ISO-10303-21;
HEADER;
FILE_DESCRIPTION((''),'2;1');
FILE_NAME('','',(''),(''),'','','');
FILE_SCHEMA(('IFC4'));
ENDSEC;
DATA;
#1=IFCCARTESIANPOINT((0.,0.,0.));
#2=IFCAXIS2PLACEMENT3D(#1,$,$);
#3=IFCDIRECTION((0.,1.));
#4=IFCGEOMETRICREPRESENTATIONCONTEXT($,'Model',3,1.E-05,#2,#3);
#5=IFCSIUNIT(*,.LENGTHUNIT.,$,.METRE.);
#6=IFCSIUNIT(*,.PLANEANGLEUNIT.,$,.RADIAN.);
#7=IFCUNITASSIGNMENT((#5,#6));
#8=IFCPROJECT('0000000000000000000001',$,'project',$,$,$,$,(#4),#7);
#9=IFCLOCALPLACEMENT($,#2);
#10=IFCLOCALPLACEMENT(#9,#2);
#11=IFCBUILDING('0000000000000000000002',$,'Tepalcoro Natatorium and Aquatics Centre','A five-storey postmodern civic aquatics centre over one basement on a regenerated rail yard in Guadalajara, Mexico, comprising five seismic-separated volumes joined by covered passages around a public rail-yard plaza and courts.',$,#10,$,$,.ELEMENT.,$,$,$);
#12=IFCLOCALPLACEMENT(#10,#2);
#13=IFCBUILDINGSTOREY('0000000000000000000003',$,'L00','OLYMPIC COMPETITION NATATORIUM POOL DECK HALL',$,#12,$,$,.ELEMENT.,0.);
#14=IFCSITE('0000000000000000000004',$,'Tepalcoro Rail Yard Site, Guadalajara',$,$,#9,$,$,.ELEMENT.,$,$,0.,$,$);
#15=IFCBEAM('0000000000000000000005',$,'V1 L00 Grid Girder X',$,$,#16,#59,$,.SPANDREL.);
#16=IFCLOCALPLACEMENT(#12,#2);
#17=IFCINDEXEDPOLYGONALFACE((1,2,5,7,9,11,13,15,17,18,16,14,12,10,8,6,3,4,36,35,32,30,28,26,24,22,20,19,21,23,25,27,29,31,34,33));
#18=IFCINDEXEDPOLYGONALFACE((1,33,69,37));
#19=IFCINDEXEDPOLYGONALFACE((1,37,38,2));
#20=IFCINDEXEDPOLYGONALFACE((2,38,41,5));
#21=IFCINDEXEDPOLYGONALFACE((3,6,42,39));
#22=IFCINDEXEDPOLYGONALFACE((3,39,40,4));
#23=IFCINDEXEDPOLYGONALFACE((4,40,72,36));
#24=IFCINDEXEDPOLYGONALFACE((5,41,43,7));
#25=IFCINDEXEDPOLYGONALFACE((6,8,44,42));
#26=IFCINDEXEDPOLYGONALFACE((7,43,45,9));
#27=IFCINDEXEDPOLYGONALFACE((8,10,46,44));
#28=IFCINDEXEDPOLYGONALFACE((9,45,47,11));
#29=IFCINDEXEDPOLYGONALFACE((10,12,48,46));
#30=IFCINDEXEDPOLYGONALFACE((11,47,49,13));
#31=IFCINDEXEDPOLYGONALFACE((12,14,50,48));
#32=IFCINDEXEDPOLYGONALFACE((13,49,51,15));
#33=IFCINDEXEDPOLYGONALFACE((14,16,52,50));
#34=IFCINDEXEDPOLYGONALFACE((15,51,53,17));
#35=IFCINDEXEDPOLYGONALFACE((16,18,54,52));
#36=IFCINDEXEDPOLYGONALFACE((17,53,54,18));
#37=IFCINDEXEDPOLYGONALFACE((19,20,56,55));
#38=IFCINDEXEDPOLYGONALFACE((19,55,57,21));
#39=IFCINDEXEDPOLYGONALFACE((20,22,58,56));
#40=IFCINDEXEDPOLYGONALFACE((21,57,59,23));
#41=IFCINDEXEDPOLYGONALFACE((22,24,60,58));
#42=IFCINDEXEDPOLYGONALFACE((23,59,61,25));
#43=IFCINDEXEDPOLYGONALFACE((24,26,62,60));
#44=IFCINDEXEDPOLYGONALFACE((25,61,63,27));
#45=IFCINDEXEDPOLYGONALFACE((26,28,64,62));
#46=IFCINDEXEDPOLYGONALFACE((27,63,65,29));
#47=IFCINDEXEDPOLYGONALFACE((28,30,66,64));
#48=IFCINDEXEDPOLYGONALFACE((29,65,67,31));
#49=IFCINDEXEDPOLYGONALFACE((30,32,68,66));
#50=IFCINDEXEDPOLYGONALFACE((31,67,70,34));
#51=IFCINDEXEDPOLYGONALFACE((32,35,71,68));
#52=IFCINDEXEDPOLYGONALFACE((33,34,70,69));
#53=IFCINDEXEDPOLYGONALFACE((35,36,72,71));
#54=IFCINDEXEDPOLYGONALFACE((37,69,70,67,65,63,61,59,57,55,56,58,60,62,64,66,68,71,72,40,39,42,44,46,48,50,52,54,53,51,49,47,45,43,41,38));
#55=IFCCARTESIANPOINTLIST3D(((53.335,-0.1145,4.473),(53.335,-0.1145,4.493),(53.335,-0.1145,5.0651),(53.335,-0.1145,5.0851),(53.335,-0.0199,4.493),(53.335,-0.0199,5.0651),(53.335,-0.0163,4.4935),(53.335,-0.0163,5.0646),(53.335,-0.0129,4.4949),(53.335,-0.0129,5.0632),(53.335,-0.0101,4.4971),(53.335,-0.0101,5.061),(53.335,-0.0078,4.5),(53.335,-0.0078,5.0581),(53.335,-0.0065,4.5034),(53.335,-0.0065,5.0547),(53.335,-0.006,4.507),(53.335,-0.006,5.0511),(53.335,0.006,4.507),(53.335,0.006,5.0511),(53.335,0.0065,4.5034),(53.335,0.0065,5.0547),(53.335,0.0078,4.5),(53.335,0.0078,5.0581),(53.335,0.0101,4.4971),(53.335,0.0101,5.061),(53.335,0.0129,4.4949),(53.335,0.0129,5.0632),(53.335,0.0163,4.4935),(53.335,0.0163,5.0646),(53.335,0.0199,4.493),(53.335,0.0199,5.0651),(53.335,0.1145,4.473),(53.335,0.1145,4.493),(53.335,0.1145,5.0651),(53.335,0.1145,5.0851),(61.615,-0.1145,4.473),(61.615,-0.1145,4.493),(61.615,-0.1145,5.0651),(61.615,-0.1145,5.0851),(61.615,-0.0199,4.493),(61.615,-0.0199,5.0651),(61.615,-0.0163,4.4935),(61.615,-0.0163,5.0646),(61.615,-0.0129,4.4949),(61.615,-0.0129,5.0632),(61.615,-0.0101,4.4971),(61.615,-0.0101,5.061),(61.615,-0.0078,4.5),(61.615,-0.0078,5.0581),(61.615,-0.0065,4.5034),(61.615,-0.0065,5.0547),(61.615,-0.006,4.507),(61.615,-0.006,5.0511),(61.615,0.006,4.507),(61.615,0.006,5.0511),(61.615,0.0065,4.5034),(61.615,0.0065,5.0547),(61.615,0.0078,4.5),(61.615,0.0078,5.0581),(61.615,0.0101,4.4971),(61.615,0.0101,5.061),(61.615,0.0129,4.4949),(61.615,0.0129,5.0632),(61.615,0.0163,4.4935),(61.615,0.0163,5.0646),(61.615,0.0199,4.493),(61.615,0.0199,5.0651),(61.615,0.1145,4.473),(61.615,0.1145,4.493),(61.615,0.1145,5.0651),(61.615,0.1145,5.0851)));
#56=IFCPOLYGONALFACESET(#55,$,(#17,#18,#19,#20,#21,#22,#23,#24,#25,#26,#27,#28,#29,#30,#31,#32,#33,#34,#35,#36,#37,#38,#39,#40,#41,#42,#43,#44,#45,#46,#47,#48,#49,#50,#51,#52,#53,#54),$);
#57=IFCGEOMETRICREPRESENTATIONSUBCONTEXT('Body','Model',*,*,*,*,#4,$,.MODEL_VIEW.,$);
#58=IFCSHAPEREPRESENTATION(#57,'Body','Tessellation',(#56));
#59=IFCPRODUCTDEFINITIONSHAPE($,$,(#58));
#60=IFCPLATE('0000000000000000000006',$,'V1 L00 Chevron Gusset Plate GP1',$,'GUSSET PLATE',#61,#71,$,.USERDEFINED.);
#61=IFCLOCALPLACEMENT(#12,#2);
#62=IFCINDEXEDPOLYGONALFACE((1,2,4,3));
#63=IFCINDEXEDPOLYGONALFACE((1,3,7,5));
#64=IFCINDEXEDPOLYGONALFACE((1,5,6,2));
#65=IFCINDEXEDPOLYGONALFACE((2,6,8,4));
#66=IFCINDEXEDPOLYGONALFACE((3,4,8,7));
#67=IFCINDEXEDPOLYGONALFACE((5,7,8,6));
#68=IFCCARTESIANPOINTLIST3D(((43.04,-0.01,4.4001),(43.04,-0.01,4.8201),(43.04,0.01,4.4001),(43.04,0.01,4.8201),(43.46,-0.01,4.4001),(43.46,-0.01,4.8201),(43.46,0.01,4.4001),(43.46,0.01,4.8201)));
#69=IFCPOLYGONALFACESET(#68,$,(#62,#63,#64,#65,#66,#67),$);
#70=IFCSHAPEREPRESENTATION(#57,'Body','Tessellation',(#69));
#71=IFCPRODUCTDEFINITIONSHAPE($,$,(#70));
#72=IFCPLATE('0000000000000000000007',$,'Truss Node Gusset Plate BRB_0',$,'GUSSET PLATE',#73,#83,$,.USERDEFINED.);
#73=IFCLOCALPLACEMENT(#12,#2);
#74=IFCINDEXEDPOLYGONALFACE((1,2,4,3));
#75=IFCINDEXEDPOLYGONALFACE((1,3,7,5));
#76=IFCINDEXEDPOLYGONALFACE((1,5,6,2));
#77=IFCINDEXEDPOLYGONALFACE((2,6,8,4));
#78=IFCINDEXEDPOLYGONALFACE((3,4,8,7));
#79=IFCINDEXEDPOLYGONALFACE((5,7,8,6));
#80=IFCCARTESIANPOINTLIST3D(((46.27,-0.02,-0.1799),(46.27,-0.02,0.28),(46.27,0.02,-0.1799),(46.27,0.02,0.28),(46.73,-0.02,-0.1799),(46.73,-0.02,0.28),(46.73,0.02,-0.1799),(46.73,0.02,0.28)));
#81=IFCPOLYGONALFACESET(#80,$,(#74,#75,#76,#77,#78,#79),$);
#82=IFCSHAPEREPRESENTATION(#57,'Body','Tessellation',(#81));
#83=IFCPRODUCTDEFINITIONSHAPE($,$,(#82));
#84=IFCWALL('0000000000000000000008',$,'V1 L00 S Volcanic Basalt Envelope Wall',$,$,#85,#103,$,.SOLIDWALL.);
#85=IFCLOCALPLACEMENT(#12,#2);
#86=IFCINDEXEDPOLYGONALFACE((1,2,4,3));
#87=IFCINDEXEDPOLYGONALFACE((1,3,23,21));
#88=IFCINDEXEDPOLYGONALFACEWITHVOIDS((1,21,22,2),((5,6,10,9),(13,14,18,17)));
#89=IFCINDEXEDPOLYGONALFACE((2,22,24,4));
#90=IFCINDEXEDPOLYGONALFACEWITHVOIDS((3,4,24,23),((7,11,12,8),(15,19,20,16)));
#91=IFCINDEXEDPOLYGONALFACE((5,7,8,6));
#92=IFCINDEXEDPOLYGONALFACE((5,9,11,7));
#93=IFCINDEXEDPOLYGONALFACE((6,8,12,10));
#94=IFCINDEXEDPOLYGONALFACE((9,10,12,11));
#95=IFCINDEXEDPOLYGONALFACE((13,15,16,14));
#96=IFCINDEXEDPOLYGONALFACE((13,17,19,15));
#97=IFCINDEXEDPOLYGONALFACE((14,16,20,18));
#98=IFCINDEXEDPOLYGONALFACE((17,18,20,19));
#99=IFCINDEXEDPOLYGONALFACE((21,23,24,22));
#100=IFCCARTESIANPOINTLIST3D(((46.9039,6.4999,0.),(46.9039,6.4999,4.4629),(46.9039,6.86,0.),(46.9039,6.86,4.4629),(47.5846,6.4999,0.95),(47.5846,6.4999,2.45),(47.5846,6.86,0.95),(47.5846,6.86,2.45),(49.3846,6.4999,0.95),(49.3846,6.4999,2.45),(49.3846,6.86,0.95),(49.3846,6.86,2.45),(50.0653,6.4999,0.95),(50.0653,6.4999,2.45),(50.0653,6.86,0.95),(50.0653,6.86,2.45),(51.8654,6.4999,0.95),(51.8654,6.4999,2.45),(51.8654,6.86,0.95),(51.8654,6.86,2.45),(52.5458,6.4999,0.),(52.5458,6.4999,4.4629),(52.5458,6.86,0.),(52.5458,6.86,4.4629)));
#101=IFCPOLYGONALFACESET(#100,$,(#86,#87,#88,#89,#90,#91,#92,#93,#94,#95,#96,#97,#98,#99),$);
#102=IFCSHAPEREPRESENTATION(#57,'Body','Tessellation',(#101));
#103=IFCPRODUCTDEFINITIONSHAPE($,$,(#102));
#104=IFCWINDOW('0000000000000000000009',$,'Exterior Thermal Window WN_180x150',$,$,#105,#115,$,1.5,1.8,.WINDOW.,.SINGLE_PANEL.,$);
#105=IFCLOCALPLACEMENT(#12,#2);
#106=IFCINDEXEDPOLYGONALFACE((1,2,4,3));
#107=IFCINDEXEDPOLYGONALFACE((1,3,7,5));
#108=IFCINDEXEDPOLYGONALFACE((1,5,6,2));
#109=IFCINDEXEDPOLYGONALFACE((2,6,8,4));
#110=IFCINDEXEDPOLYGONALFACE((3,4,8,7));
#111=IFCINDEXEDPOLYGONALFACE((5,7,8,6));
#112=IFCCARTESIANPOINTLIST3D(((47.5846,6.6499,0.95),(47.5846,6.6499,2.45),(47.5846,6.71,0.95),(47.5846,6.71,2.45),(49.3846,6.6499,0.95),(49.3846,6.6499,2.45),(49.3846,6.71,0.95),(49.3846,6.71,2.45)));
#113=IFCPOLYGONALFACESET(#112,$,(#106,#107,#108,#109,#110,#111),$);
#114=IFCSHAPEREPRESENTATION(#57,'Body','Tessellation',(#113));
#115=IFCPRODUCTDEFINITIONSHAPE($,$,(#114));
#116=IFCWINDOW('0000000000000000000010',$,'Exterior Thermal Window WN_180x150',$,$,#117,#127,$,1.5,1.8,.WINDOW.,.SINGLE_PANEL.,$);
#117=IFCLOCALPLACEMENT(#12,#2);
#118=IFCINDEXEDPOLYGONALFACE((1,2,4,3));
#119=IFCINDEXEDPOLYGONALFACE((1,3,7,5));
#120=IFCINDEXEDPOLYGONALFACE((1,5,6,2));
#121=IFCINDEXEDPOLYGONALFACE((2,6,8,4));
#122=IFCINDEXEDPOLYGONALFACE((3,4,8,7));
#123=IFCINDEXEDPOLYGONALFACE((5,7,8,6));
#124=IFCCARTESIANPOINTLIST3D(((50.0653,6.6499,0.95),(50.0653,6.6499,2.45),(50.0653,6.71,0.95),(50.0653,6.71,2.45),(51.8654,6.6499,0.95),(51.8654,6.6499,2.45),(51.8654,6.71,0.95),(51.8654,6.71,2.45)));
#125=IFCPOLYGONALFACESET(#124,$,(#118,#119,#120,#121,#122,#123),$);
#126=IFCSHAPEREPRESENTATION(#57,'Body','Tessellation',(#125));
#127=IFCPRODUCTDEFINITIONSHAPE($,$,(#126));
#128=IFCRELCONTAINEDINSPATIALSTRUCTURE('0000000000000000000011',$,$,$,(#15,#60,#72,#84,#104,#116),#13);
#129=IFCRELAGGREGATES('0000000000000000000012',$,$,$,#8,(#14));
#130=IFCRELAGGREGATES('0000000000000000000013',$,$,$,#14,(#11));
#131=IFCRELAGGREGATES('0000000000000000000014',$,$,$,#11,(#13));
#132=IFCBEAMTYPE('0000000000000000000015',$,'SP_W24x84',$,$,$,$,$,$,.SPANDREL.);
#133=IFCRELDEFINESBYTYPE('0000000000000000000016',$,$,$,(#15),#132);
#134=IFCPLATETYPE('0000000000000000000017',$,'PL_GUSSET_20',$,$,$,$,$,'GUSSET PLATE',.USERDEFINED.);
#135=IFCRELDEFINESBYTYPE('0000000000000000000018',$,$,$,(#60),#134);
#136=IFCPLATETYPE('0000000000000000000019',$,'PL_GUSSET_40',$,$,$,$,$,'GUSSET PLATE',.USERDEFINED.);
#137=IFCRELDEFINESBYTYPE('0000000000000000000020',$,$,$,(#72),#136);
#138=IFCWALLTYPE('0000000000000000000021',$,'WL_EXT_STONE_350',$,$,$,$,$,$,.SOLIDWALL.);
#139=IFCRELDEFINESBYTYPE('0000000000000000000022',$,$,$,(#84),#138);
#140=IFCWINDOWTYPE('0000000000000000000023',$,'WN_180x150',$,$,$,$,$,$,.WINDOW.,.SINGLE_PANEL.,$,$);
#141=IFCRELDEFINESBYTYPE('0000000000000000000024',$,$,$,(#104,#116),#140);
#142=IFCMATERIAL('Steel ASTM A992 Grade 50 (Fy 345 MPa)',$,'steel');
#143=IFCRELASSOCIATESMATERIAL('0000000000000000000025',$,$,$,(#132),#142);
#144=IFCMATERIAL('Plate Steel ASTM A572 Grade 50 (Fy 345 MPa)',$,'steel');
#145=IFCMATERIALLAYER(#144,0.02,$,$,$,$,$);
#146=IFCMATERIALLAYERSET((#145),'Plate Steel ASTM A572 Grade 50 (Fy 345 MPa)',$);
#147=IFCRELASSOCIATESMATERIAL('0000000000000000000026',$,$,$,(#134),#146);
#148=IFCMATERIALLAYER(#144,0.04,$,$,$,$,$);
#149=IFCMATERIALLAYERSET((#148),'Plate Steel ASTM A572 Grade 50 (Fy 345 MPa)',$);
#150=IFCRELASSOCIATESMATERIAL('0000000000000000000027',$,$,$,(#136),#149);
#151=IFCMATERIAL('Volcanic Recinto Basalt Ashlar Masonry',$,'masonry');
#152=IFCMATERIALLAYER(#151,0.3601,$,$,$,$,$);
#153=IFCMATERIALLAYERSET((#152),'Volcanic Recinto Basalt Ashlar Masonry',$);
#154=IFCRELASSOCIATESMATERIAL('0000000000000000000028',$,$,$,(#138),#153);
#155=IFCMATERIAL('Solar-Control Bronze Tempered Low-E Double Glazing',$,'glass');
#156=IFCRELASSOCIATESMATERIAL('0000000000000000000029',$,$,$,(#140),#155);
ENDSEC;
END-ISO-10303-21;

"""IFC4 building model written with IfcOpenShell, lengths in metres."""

from ifc_helpers import new_model, si_unit, direction, frame, frame_2d, origin, origin_2d, place, context, subcontext, project, spatial, rectangle, i_section, extrude, material, layer, layer_set, material_profile, profile_set, type_object, element, fill, save


model = new_model("IFC4")

# Units and contexts
model_context = context("Model", 3, precision=1e-05, world=origin(), true_north=direction((0.0, 1.0)))
body_context = subcontext(model_context, "Body", "Model", "MODEL_VIEW")
ifc_project = project(units=[si_unit("LENGTHUNIT", "METRE"), si_unit("PLANEANGLEUNIT", "RADIAN")], contexts=[model_context])

# Site, building, storey
site_placement = place(None, origin())
site = spatial("IfcSite", under=ifc_project, at=site_placement, Name="Tepalcoro Rail Yard Site, Guadalajara", CompositionType="ELEMENT", RefElevation=0.0)
building_placement = place(site_placement, origin())
building = spatial("IfcBuilding", under=site, at=building_placement, Name="Tepalcoro Natatorium and Aquatics Centre", Description="A five-storey postmodern civic aquatics centre over one basement on a regenerated rail yard in Guadalajara, Mexico, comprising five seismic-separated volumes joined by covered passages around a public rail-yard plaza and courts.", CompositionType="ELEMENT")
storey_placement = place(building_placement, origin())
storey = spatial("IfcBuildingStorey", under=building, at=storey_placement, Name="L00", Description="OLYMPIC COMPETITION NATATORIUM POOL DECK HALL", CompositionType="ELEMENT", Elevation=0.0)

# Shared definitions
ifc_material_1 = material(Name="Steel ASTM A992 Grade 50 (Fy 345 MPa)", Category="steel")

# Beam
ifc_material_profile_1 = material_profile(ifc_material_1, i_section(OverallWidth=0.229, OverallDepth=0.6121, WebThickness=0.012, FlangeThickness=0.02, FilletRadius=0.0139, at=origin_2d()), Name="W24X84")
ifc_profile_set_1 = profile_set([ifc_material_profile_1], Name="Steel ASTM A992 Grade 50 (Fy 345 MPa)")
beam_type_1 = type_object("IfcBeamType", Name="SP_W24x84", PredefinedType="SPANDREL", material=ifc_profile_set_1)
beam_1_placement = place(storey_placement, frame((53.335, 0.0, 4.7791), z_axis=(1.0, 0.0, 0.0), x_axis=(0.0, 1.0, 0.0)))
element("IfcBeam", 1, at=beam_1_placement, inside=storey, type_object=beam_type_1, Name="V1 L00 Grid Girder X", PredefinedType="SPANDREL", context=body_context, shape_type="SweptSolid", body=[
    extrude(i_section(OverallWidth=0.229, OverallDepth=0.6121, WebThickness=0.012, FlangeThickness=0.02, FilletRadius=0.0139, at=origin_2d()), origin(), (0.0, 0.0, 1.0), 8.28),
])

# Plates
ifc_material_2 = material(Name="Plate Steel ASTM A572 Grade 50 (Fy 345 MPa)", Category="steel")
ifc_layer_1 = layer(ifc_material_2, 0.02)
ifc_layer_set_1 = layer_set([ifc_layer_1], Name="Plate Steel ASTM A572 Grade 50 (Fy 345 MPa)")
plate_type_1 = type_object("IfcPlateType", Name="PL_GUSSET_20", ElementType="GUSSET PLATE", PredefinedType="USERDEFINED", material=ifc_layer_set_1)
plate_1_placement = place(storey_placement, frame((43.25, 0.0, 4.4001), z_axis=(0.0, 0.0, 1.0), x_axis=(1.0, 0.0, 0.0)))
element("IfcPlate", 2, at=plate_1_placement, inside=storey, type_object=plate_type_1, Name="V1 L00 Chevron Gusset Plate GP1", ObjectType="GUSSET PLATE", PredefinedType="USERDEFINED", context=body_context, shape_type="SweptSolid", body=[
    extrude(rectangle(XDim=0.4199, YDim=0.02, at=origin_2d()), origin(), (0.0, 0.0, 1.0), 0.4199),
])
ifc_layer_2 = layer(ifc_material_2, 0.04)
ifc_layer_set_2 = layer_set([ifc_layer_2], Name="Plate Steel ASTM A572 Grade 50 (Fy 345 MPa)")
plate_type_2 = type_object("IfcPlateType", Name="PL_GUSSET_40", ElementType="GUSSET PLATE", PredefinedType="USERDEFINED", material=ifc_layer_set_2)
plate_2_placement = place(storey_placement, frame((46.5, 0.0, -0.1799), z_axis=(0.0, 0.0, 1.0), x_axis=(1.0, 0.0, 0.0)))
element("IfcPlate", 3, at=plate_2_placement, inside=storey, type_object=plate_type_2, Name="Truss Node Gusset Plate BRB_0", ObjectType="GUSSET PLATE", PredefinedType="USERDEFINED", context=body_context, shape_type="SweptSolid", body=[
    extrude(rectangle(XDim=0.46, YDim=0.04, at=origin_2d()), origin(), (0.0, 0.0, 1.0), 0.46),
])

# Wall, openings, windows
ifc_material_3 = material(Name="Volcanic Recinto Basalt Ashlar Masonry", Category="masonry")
ifc_layer_3 = layer(ifc_material_3, 0.3601)
ifc_layer_set_3 = layer_set([ifc_layer_3], Name="Volcanic Recinto Basalt Ashlar Masonry")
wall_type_1 = type_object("IfcWallType", Name="WL_EXT_STONE_350", PredefinedType="SOLIDWALL", material=ifc_layer_set_3)
wall_1_placement = place(storey_placement, frame((46.9041, 6.6799, 0.0), z_axis=(0.0, 0.0, 1.0), x_axis=(1.0, 0.0, 0.0)))
wall_1 = element("IfcWall", 4, at=wall_1_placement, inside=storey, type_object=wall_type_1, Name="V1 L00 S Volcanic Basalt Envelope Wall", PredefinedType="SOLIDWALL", context=body_context, shape_type="SweptSolid", body=[
    extrude(rectangle(XDim=5.6418, YDim=0.3601, at=frame_2d((2.8208, 0.0))), origin(), (0.0, 0.0, 1.0), 4.4629),
])
opening_1_placement = place(wall_1_placement, frame((0.6807, 0.0, 0.95)))
opening_1 = element("IfcOpeningElement", 5, at=opening_1_placement, cuts=wall_1, PredefinedType="OPENING", context=body_context, shape_type="SweptSolid", body=[
    extrude(rectangle(XDim=1.8, YDim=1.5, at=frame_2d((0.8999, 0.75))), frame((0.0, 0.1919, 0.0), z_axis=(0.0, -1.0, 0.0), x_axis=(1.0, 0.0, 0.0)), (0.0, 0.0, 1.0), 0.384),
])
opening_2_placement = place(wall_1_placement, frame((3.1614, 0.0, 0.95)))
opening_2 = element("IfcOpeningElement", 6, at=opening_2_placement, cuts=wall_1, PredefinedType="OPENING", context=body_context, shape_type="SweptSolid", body=[
    extrude(rectangle(XDim=1.8, YDim=1.5, at=frame_2d((0.8999, 0.75))), frame((0.0, 0.1919, 0.0), z_axis=(0.0, -1.0, 0.0), x_axis=(1.0, 0.0, 0.0)), (0.0, 0.0, 1.0), 0.384),
])
ifc_material_4 = material(Name="Solar-Control Bronze Tempered Low-E Double Glazing", Category="glass")
window_type_1 = type_object("IfcWindowType", Name="WN_180x150", PartitioningType="SINGLE_PANEL", PredefinedType="WINDOW", material=ifc_material_4)
window_1_placement = place(opening_1_placement, origin())
window_1 = element("IfcWindow", 7, at=window_1_placement, inside=storey, type_object=window_type_1, Name="Exterior Thermal Window WN_180x150", OverallHeight=1.5, OverallWidth=1.8, PartitioningType="SINGLE_PANEL", PredefinedType="WINDOW", context=body_context, shape_type="SweptSolid", body=[
    extrude(rectangle(XDim=1.8, YDim=1.5, at=frame_2d((0.8999, 0.75))), frame((0.0, 0.03, 0.0), z_axis=(0.0, -1.0, 0.0), x_axis=(1.0, 0.0, 0.0)), (0.0, 0.0, 1.0), 0.0601),
])
fill(opening_1, window_1)
window_2_placement = place(opening_2_placement, origin())
window_2 = element("IfcWindow", 8, at=window_2_placement, inside=storey, type_object=window_type_1, Name="Exterior Thermal Window WN_180x150", OverallHeight=1.5, OverallWidth=1.8, PartitioningType="SINGLE_PANEL", PredefinedType="WINDOW", context=body_context, shape_type="SweptSolid", body=[
    extrude(rectangle(XDim=1.8, YDim=1.5, at=frame_2d((0.8999, 0.75))), frame((0.0, 0.03, 0.0), z_axis=(0.0, -1.0, 0.0), x_axis=(1.0, 0.0, 0.0)), (0.0, 0.0, 1.0), 0.0601),
])
fill(opening_2, window_2)

save(model, "model.ifc")
